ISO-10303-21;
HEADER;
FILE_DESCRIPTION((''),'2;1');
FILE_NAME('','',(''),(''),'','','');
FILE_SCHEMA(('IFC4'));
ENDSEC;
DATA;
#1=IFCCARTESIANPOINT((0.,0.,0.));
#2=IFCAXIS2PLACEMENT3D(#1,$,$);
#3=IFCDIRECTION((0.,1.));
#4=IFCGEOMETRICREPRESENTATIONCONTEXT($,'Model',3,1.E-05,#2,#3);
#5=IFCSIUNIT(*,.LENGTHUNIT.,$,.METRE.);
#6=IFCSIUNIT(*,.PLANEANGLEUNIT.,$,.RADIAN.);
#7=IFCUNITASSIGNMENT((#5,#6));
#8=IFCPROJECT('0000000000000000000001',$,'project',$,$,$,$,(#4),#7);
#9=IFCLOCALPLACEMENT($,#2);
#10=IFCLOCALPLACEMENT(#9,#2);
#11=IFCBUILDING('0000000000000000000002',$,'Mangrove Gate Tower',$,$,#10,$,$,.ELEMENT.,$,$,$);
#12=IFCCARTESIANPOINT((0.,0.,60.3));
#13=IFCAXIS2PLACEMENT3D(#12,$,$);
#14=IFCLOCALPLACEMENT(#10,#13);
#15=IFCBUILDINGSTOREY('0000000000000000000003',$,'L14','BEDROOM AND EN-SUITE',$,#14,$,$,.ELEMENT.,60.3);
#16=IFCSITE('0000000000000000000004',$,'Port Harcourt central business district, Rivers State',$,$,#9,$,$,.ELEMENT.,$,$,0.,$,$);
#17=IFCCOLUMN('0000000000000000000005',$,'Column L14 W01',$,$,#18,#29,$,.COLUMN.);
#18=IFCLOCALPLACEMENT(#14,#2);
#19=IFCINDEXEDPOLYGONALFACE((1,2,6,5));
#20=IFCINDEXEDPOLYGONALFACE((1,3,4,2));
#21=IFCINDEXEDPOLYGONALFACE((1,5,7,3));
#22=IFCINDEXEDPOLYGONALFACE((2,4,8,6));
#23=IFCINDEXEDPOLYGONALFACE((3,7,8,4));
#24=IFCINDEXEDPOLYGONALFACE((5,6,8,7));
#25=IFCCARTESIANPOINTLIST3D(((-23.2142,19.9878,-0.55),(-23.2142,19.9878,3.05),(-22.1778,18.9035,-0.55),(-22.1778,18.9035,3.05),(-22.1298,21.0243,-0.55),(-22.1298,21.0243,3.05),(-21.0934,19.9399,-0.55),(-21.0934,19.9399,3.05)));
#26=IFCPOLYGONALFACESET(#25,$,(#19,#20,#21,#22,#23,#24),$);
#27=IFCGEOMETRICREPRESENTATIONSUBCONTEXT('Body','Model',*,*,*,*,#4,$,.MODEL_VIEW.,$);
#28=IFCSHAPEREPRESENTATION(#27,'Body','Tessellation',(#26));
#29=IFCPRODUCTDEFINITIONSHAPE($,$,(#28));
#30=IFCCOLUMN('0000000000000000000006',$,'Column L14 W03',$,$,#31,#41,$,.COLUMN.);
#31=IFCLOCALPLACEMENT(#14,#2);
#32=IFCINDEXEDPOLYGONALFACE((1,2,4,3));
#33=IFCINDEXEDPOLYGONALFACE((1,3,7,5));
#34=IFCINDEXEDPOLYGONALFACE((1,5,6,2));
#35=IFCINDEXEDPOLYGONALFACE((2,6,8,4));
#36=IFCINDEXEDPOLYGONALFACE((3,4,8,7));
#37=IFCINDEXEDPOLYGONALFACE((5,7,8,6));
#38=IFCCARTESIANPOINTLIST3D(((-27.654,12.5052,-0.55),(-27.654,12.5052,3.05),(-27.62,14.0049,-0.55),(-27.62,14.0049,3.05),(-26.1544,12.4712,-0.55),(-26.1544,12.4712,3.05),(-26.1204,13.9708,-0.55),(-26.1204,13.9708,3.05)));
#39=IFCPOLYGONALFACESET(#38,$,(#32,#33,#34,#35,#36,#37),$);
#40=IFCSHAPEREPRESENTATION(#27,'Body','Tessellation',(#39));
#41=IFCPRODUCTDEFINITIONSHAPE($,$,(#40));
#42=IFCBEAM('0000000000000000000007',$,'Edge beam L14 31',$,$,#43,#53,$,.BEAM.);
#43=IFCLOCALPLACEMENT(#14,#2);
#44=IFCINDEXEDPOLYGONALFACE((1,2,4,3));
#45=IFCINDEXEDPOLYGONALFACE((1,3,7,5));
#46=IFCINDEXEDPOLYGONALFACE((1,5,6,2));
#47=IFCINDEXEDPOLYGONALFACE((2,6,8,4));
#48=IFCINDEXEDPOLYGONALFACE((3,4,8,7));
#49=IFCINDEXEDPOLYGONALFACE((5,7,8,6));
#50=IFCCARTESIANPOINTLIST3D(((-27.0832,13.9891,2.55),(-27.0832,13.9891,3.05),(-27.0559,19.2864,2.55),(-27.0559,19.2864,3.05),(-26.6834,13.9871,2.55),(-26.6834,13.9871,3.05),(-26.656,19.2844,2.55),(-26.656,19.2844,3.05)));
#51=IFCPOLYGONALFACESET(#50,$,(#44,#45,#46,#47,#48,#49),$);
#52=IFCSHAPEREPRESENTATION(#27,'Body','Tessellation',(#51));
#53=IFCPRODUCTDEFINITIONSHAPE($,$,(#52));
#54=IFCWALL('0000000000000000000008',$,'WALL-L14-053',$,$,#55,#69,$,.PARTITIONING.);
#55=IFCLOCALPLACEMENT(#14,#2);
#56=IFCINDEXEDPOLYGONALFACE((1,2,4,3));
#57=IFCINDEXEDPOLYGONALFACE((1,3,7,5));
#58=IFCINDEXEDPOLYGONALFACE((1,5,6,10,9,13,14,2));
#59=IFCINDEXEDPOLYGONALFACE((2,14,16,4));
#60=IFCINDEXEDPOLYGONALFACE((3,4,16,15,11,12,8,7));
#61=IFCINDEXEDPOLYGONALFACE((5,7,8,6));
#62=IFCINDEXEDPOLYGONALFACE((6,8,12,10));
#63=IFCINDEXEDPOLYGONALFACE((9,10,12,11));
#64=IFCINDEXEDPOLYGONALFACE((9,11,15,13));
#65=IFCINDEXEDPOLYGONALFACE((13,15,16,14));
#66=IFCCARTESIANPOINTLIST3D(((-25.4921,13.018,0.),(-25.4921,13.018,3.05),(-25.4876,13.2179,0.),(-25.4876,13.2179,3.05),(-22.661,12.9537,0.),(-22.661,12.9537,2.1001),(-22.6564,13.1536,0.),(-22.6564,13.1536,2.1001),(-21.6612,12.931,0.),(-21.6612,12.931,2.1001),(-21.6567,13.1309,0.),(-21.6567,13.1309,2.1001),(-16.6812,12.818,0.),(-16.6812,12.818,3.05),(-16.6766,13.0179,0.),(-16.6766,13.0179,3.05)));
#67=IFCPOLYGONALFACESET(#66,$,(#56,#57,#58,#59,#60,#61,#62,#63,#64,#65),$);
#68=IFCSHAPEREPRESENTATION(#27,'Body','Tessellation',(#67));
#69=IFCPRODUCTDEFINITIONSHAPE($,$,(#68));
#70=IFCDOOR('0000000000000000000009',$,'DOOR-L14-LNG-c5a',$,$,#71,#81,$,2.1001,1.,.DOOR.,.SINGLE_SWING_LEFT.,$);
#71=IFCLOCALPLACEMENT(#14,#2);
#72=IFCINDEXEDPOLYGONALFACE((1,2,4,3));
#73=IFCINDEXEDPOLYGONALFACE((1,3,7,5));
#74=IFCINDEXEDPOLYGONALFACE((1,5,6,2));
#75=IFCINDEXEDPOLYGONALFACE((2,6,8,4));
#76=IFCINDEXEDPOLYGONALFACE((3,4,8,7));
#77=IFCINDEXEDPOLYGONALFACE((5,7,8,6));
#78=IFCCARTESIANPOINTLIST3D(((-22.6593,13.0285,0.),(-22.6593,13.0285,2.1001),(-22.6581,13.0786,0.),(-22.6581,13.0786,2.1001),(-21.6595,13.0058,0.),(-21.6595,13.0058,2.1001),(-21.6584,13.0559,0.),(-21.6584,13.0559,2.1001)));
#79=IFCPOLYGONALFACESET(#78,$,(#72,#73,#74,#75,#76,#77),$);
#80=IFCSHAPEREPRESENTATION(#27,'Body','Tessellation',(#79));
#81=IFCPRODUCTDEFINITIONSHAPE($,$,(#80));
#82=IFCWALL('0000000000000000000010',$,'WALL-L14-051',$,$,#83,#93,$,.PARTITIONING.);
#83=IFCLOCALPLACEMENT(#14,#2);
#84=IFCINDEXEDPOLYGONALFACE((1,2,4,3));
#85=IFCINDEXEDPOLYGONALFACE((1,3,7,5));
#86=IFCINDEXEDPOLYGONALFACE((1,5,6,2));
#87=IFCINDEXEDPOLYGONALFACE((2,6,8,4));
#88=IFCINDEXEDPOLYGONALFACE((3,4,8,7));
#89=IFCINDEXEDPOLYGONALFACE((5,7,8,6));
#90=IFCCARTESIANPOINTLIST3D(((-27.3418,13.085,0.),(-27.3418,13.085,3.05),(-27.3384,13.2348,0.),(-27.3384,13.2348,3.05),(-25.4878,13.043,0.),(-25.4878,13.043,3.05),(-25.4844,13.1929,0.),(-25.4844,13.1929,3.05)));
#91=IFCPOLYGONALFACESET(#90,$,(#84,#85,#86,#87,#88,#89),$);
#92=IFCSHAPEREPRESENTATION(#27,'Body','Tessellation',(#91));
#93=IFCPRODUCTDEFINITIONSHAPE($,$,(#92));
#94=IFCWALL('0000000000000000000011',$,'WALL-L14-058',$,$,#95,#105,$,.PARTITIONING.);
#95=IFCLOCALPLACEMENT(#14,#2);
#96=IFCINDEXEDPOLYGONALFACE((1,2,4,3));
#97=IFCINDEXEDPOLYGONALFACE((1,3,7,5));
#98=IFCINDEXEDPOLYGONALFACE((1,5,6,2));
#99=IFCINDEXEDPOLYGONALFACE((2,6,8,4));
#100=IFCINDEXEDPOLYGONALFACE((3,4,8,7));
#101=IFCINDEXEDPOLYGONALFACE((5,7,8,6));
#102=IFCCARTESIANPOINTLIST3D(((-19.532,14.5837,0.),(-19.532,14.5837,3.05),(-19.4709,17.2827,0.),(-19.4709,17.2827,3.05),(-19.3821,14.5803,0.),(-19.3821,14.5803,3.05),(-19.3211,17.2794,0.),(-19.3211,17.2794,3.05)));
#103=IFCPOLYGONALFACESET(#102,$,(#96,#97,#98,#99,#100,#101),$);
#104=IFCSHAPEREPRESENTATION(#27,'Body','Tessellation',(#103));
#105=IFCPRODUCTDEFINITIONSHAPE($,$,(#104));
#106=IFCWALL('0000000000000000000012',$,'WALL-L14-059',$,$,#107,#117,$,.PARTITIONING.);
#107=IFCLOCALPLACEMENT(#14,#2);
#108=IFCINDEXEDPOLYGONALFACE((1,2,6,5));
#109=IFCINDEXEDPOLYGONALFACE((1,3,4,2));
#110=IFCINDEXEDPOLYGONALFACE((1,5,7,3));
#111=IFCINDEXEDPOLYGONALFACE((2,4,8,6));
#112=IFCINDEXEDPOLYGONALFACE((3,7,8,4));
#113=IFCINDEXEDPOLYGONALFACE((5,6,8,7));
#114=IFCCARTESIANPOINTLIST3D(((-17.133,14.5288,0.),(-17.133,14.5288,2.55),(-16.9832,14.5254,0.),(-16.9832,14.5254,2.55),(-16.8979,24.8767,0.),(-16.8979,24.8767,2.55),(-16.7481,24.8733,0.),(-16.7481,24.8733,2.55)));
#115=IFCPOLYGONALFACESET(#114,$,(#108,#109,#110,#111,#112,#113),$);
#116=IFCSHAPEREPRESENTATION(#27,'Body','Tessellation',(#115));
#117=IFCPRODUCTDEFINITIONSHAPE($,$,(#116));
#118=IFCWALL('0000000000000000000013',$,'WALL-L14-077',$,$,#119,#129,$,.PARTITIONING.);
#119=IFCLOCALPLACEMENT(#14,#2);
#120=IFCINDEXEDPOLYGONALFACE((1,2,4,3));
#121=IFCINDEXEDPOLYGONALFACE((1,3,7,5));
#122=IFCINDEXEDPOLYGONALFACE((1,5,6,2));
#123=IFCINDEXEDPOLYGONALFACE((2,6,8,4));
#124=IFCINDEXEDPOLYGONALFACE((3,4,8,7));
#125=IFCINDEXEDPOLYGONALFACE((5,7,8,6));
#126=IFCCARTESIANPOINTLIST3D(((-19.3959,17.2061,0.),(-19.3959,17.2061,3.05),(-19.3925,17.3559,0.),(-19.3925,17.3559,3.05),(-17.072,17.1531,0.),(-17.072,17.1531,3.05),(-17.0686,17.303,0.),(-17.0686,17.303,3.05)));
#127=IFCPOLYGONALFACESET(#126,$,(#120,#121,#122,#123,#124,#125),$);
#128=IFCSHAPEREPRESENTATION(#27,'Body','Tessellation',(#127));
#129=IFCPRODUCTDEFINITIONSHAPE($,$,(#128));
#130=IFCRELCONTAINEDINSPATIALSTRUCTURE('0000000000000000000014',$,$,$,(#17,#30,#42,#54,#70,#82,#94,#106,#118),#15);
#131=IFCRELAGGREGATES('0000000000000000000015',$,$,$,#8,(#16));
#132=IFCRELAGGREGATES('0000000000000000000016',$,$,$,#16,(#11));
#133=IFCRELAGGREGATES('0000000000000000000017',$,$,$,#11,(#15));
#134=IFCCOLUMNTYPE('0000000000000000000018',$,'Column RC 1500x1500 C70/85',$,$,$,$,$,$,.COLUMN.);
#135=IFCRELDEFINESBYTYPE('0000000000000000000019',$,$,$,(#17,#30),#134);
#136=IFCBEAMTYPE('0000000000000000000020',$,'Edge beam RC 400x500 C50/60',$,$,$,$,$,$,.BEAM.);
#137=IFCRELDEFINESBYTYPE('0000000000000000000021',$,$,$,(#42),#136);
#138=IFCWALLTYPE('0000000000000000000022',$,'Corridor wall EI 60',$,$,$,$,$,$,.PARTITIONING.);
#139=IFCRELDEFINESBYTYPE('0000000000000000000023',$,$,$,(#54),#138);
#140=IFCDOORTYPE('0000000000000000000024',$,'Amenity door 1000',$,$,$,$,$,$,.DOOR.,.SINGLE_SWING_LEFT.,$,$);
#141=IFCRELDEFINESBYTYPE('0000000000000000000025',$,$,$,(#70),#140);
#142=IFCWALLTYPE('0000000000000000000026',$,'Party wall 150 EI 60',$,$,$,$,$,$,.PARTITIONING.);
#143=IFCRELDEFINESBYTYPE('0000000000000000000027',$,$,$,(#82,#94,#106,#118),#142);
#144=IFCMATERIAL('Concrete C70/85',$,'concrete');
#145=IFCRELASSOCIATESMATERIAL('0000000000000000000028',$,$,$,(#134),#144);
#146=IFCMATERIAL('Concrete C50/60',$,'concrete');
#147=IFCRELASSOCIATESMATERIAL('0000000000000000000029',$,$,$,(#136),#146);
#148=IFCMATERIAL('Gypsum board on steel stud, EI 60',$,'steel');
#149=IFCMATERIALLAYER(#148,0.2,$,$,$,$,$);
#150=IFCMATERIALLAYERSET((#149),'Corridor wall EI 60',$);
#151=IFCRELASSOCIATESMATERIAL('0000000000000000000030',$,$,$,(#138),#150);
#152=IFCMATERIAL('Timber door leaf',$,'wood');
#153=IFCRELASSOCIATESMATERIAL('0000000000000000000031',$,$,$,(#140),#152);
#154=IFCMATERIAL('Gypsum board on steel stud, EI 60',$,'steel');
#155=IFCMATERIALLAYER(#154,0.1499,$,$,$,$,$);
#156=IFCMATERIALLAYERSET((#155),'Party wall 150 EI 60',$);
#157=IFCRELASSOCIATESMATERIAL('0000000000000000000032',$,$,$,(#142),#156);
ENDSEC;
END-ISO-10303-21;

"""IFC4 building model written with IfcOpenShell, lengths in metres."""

from ifc_helpers import new_model, si_unit, direction, frame, frame_2d, origin, origin_2d, place, context, subcontext, project, spatial, rectangle, extrude, material, layer, layer_set, material_profile, profile_set, type_object, element, fill, save


model = new_model("IFC4")

# Units and contexts
model_context = context("Model", 3, precision=1e-05, world=origin(), true_north=direction((0.0, 1.0)))
body_context = subcontext(model_context, "Body", "Model", "MODEL_VIEW")
ifc_project = project(units=[si_unit("LENGTHUNIT", "METRE"), si_unit("PLANEANGLEUNIT", "RADIAN")], contexts=[model_context])

# Site, building, storey
site_placement = place(None, origin())
site = spatial("IfcSite", under=ifc_project, at=site_placement, Name="Port Harcourt central business district, Rivers State", CompositionType="ELEMENT", RefElevation=0.0)
building_placement = place(site_placement, origin())
building = spatial("IfcBuilding", under=site, at=building_placement, Name="Mangrove Gate Tower", CompositionType="ELEMENT")
storey_placement = place(building_placement, frame((0.0, 0.0, 60.3)))
storey = spatial("IfcBuildingStorey", under=building, at=storey_placement, Name="L14", Description="BEDROOM AND EN-SUITE", CompositionType="ELEMENT", Elevation=60.3)

# Columns
ifc_material_1 = material(Name="Concrete C70/85", Category="concrete")
ifc_material_profile_1 = material_profile(ifc_material_1, rectangle(XDim=1.5, YDim=1.5, at=origin_2d()))
ifc_profile_set_1 = profile_set([ifc_material_profile_1], Name="Concrete C70/85")
column_type = type_object("IfcColumnType", Name="Column RC 1500x1500 C70/85", PredefinedType="COLUMN", material=ifc_profile_set_1)
for number, where, z_axis, x_axis, name in (
    (1, (-22.1538, 19.9639, -0.55), (0.0, 0.0, 1.0), (-0.722911, -0.690942, 0.0), "Column L14 W01"),
    (2, (-26.8872, 13.238, -0.55), (0.0, 0.0, 1.0), (-0.022683, -0.999743, 0.0), "Column L14 W03"),
):
    element("IfcColumn", number, at=place(storey_placement, frame(where, z_axis=z_axis, x_axis=x_axis)), inside=storey, type_object=column_type, Name=name, PredefinedType="COLUMN", context=body_context, shape_type="SweptSolid", body=[
        extrude(rectangle(XDim=1.5, YDim=1.5, at=origin_2d()), origin(), (0.0, 0.0, 1.0), 3.6001),
    ])

# Beam
ifc_material_2 = material(Name="Concrete C50/60", Category="concrete")
ifc_material_profile_2 = material_profile(ifc_material_2, rectangle(XDim=0.3999, YDim=0.5, at=origin_2d()))
ifc_profile_set_2 = profile_set([ifc_material_profile_2], Name="Concrete C50/60")
beam_type = type_object("IfcBeamType", Name="Edge beam RC 400x500 C50/60", PredefinedType="BEAM", material=ifc_profile_set_2)
beam_placement = place(storey_placement, frame((-26.856, 19.2854, 2.8), z_axis=(-0.005162, -0.999987, 0.0), x_axis=(0.999987, -0.005162, 0.0)))
element("IfcBeam", 3, at=beam_placement, inside=storey, type_object=beam_type, Name="Edge beam L14 31", PredefinedType="BEAM", context=body_context, shape_type="SweptSolid", body=[
    extrude(rectangle(XDim=0.3999, YDim=0.5, at=origin_2d()), origin(), (0.0, 0.0, 1.0), 5.2974),
])

# Wall, opening, door
ifc_material_3 = material(Name="Gypsum board on steel stud, EI 60", Category="steel")
ifc_layer_1 = layer(ifc_material_3, 0.2)
ifc_layer_set_1 = layer_set([ifc_layer_1], Name="Corridor wall EI 60")
wall_type_1 = type_object("IfcWallType", Name="Corridor wall EI 60", PredefinedType="PARTITIONING", material=ifc_layer_set_1)
wall_1_placement = place(storey_placement, frame((-25.49, 13.1179, 0.0), z_axis=(0.0, 0.0, 1.0), x_axis=(0.999743, -0.022687, 0.0)))
wall_1 = element("IfcWall", 4, at=wall_1_placement, inside=storey, type_object=wall_type_1, Name="WALL-L14-053", PredefinedType="PARTITIONING", context=body_context, shape_type="SweptSolid", body=[
    extrude(rectangle(XDim=8.8132, YDim=0.2, at=frame_2d((4.4067, 0.0))), origin(), (0.0, 0.0, 1.0), 3.05),
])
opening_1_placement = place(wall_1_placement, frame((2.832, 0.0, 0.0)))
opening_1 = element("IfcOpeningElement", 5, at=opening_1_placement, cuts=wall_1, PredefinedType="OPENING", context=body_context, shape_type="SweptSolid", body=[
    extrude(rectangle(XDim=1.0, YDim=2.1001, at=frame_2d((0.5, 1.05))), frame((0.0, 0.1099, 0.0), z_axis=(0.0, -1.0, 0.0), x_axis=(1.0, 0.0, 0.0)), (0.0, 0.0, 1.0), 0.22),
])
ifc_material_4 = material(Name="Timber door leaf", Category="wood")
door_type_1 = type_object("IfcDoorType", Name="Amenity door 1000", OperationType="SINGLE_SWING_LEFT", PredefinedType="DOOR", material=ifc_material_4)
door_1_placement = place(opening_1_placement, origin())
door_1 = element("IfcDoor", 6, at=door_1_placement, inside=storey, type_object=door_type_1, Name="DOOR-L14-LNG-c5a", OperationType="SINGLE_SWING_LEFT", OverallHeight=2.1001, OverallWidth=1.0, PredefinedType="DOOR", context=body_context, shape_type="SweptSolid", body=[
    extrude(rectangle(XDim=1.0, YDim=2.1001, at=frame_2d((0.5, 1.05))), frame((0.0, 0.0249, 0.0), z_axis=(0.0, -1.0, 0.0), x_axis=(1.0, 0.0, 0.0)), (0.0, 0.0, 1.0), 0.05),
])
fill(opening_1, door_1)

# Walls
ifc_material_5 = material(Name="Gypsum board on steel stud, EI 60", Category="steel")
ifc_layer_2 = layer(ifc_material_5, 0.1499)
ifc_layer_set_2 = layer_set([ifc_layer_2], Name="Party wall 150 EI 60")
wall_type_2 = type_object("IfcWallType", Name="Party wall 150 EI 60", PredefinedType="PARTITIONING", material=ifc_layer_set_2)
wall_2_placement = place(storey_placement, frame((-27.3401, 13.1599, 0.0), z_axis=(0.0, 0.0, 1.0), x_axis=(0.999744, -0.022644, 0.0)))
element("IfcWall", 7, at=wall_2_placement, inside=storey, type_object=wall_type_2, Name="WALL-L14-051", PredefinedType="PARTITIONING", context=body_context, shape_type="SweptSolid", body=[
    extrude(rectangle(XDim=1.8545, YDim=0.1499, at=frame_2d((0.9272, 0.0))), origin(), (0.0, 0.0, 1.0), 3.05),
])
wall_3_placement = place(storey_placement, frame((-19.457, 14.582, 0.0), z_axis=(0.0, 0.0, 1.0), x_axis=(0.022608, 0.999744, 0.0)))
element("IfcWall", 8, at=wall_3_placement, inside=storey, type_object=wall_type_2, Name="WALL-L14-058", PredefinedType="PARTITIONING", context=body_context, shape_type="SweptSolid", body=[
    extrude(rectangle(XDim=2.6997, YDim=0.1499, at=frame_2d((1.3499, 0.0))), origin(), (0.0, 0.0, 1.0), 3.05),
])
wall_4_placement = place(storey_placement, frame((-17.0581, 14.5271, 0.0), z_axis=(0.0, 0.0, 1.0), x_axis=(0.022714, 0.999742, 0.0)))
element("IfcWall", 9, at=wall_4_placement, inside=storey, type_object=wall_type_2, Name="WALL-L14-059", PredefinedType="PARTITIONING", context=body_context, shape_type="SweptSolid", body=[
    extrude(rectangle(XDim=10.3506, YDim=0.1499, at=frame_2d((5.1753, 0.0))), origin(), (0.0, 0.0, 1.0), 2.55),
])
wall_5_placement = place(storey_placement, frame((-19.394, 17.281, 0.0), z_axis=(0.0, 0.0, 1.0), x_axis=(0.99974, -0.022791, 0.0)))
element("IfcWall", 10, at=wall_5_placement, inside=storey, type_object=wall_type_2, Name="WALL-L14-077", PredefinedType="PARTITIONING", context=body_context, shape_type="SweptSolid", body=[
    extrude(rectangle(XDim=2.3245, YDim=0.1499, at=frame_2d((1.1621, 0.0))), origin(), (0.0, 0.0, 1.0), 3.05),
])

save(model, "model.ifc")
